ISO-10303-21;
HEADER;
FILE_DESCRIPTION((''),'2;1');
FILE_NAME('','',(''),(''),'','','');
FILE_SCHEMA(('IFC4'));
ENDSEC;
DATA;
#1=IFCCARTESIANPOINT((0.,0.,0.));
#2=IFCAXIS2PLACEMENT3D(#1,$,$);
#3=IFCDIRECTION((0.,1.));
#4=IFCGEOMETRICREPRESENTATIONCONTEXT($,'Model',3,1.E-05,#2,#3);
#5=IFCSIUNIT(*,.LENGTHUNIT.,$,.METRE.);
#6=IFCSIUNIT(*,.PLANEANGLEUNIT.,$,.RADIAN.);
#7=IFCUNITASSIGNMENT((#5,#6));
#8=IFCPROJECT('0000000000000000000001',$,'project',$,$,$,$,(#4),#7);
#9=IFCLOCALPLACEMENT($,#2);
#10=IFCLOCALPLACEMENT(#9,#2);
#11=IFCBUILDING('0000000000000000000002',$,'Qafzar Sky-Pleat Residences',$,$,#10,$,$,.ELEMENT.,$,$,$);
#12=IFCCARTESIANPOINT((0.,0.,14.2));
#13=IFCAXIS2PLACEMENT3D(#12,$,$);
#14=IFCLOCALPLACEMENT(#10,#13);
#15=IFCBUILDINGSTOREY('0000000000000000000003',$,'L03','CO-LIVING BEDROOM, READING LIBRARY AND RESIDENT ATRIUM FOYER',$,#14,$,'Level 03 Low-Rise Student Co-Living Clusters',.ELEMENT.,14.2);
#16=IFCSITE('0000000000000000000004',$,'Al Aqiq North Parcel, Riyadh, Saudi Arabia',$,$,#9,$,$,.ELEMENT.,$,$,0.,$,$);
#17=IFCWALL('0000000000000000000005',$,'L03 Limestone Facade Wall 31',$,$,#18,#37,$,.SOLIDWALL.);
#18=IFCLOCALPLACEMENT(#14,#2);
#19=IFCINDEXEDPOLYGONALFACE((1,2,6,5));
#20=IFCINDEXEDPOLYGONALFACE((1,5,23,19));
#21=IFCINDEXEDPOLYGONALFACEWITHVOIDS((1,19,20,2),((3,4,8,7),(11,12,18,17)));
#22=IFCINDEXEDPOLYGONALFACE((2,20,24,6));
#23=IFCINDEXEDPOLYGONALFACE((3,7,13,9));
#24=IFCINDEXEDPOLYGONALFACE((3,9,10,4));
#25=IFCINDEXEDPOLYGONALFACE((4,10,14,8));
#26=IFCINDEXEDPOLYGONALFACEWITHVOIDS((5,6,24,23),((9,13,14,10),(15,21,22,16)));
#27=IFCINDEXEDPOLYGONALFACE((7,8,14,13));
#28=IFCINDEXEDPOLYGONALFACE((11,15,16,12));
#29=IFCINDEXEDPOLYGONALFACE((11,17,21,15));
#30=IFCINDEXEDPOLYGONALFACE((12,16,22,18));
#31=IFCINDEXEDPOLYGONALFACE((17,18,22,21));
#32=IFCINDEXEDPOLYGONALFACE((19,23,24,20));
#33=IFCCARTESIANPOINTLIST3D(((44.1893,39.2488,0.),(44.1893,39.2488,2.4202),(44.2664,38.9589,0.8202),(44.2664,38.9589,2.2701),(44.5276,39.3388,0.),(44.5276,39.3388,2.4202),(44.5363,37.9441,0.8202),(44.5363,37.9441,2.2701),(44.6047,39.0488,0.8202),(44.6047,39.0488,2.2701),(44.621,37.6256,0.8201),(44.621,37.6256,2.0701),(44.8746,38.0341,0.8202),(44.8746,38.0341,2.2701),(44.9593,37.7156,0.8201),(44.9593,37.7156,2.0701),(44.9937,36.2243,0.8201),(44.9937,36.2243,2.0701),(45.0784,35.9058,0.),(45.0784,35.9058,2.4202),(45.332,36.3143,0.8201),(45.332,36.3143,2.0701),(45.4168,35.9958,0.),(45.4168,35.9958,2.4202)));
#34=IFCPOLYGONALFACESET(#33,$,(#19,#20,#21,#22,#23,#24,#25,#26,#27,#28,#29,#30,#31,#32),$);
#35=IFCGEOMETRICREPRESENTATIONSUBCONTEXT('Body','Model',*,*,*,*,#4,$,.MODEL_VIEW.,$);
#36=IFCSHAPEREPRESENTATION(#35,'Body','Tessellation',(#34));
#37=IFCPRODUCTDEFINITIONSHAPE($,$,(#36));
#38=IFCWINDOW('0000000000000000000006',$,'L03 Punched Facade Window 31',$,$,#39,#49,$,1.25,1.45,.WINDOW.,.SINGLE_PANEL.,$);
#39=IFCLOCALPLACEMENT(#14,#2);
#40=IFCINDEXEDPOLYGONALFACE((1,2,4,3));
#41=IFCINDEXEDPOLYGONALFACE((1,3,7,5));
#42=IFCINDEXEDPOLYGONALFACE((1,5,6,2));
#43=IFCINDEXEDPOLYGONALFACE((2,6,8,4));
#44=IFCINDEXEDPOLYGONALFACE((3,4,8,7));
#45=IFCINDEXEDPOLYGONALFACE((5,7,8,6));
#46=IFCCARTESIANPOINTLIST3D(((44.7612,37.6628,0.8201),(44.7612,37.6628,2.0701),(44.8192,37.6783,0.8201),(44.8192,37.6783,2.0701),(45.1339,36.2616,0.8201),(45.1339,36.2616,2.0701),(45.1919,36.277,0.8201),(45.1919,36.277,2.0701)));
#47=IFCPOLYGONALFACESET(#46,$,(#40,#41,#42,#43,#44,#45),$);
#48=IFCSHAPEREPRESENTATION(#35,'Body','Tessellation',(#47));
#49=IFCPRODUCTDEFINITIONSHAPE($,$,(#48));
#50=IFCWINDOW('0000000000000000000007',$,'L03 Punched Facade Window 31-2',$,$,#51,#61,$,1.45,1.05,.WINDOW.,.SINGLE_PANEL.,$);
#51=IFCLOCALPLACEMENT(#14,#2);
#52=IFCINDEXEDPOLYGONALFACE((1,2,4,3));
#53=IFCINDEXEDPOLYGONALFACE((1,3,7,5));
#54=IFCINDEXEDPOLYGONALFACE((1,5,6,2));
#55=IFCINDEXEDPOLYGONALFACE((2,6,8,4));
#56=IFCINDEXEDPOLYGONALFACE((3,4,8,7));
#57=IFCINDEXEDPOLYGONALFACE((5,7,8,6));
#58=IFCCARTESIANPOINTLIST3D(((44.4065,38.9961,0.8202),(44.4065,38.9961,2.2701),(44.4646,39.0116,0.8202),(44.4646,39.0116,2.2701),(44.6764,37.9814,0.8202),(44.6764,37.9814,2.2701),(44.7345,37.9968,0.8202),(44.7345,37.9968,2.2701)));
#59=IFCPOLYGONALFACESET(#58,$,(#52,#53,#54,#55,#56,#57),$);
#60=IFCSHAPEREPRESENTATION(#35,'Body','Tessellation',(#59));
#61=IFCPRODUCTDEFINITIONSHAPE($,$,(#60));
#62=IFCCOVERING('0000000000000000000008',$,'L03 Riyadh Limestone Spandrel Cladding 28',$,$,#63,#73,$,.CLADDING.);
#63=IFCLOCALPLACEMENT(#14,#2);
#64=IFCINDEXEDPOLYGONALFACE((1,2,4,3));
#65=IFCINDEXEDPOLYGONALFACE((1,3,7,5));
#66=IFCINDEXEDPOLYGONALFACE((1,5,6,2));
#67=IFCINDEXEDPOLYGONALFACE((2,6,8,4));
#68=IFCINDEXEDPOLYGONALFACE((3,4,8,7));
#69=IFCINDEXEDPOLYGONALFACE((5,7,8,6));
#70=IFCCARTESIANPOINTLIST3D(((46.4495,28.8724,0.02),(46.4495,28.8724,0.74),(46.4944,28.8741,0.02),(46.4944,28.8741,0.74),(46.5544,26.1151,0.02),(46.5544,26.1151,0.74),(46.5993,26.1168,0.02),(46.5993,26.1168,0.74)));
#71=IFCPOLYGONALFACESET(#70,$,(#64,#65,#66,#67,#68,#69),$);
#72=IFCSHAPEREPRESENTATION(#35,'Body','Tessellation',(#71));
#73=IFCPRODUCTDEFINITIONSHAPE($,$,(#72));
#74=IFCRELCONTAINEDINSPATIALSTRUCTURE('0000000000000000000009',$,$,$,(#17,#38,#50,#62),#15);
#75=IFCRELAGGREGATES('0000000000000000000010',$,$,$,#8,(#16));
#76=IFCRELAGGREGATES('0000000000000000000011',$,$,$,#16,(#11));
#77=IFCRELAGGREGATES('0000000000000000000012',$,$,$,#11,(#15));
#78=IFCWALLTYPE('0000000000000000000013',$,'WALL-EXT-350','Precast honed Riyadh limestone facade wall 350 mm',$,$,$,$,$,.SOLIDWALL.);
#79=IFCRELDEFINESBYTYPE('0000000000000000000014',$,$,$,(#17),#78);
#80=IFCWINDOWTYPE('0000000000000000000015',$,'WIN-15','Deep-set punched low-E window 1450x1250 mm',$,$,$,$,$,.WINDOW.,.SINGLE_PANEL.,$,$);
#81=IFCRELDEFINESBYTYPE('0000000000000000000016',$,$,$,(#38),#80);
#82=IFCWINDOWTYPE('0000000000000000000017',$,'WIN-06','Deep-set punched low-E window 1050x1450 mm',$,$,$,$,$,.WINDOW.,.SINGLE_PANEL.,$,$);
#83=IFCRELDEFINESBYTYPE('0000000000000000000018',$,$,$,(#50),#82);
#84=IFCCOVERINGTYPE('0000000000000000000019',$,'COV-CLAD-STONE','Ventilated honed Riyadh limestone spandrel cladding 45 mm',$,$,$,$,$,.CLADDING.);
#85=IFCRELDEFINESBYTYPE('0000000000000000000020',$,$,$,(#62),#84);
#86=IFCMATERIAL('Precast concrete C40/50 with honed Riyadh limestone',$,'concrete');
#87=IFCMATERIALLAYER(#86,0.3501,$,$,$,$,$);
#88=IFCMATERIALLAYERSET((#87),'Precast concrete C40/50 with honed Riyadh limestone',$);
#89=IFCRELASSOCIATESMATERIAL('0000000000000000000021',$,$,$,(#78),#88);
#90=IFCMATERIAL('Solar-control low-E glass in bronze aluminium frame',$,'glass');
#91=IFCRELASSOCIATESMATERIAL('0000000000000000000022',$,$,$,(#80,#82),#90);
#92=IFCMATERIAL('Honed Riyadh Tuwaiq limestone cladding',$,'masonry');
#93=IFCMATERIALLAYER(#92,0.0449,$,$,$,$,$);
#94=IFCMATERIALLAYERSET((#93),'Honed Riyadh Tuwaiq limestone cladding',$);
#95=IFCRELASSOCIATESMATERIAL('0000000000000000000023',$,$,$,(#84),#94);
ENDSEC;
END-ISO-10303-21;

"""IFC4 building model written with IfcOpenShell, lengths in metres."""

from ifc_helpers import new_model, si_unit, direction, frame, frame_2d, origin, origin_2d, place, context, subcontext, project, spatial, rectangle, extrude, source, transform, mapped, material, layer, layer_set, type_object, element, fill, save


model = new_model("IFC4")

# Units and contexts
model_context = context("Model", 3, precision=1e-05, world=origin(), true_north=direction((0.0, 1.0)))
body_context = subcontext(model_context, "Body", "Model", "MODEL_VIEW")
ifc_project = project(units=[si_unit("LENGTHUNIT", "METRE"), si_unit("PLANEANGLEUNIT", "RADIAN")], contexts=[model_context])

# Site, building, storey
site_placement = place(None, origin())
site = spatial("IfcSite", under=ifc_project, at=site_placement, Name="Al Aqiq North Parcel, Riyadh, Saudi Arabia", CompositionType="ELEMENT", RefElevation=0.0)
building_placement = place(site_placement, origin())
building = spatial("IfcBuilding", under=site, at=building_placement, Name="Qafzar Sky-Pleat Residences", CompositionType="ELEMENT")
storey_placement = place(building_placement, frame((0.0, 0.0, 14.2)))
storey = spatial("IfcBuildingStorey", under=building, at=storey_placement, Name="L03", Description="CO-LIVING BEDROOM, READING LIBRARY AND RESIDENT ATRIUM FOYER", LongName="Level 03 Low-Rise Student Co-Living Clusters", CompositionType="ELEMENT", Elevation=14.2)

# Shared definitions
ifc_material_1 = material(Name="Precast concrete C40/50 with honed Riyadh limestone", Category="concrete")
ifc_layer_1 = layer(ifc_material_1, 0.3501)
ifc_layer_set_1 = layer_set([ifc_layer_1], Name="Precast concrete C40/50 with honed Riyadh limestone")
wall_type_1 = type_object("IfcWallType", Name="WALL-EXT-350", Description="Precast honed Riyadh limestone facade wall 350 mm", PredefinedType="SOLIDWALL", material=ifc_layer_set_1)
ifc_material_2 = material(Name="Solar-control low-E glass in bronze aluminium frame", Category="glass")

# Wall, openings, windows
window_type_1 = type_object("IfcWindowType", Name="WIN-15", Description="Deep-set punched low-E window 1450x1250 mm", PartitioningType="SINGLE_PANEL", PredefinedType="WINDOW", material=ifc_material_2)
shared_shape_1 = source(origin(), body_context, "Body", "SweptSolid", [
    extrude(rectangle(XDim=1.45, YDim=1.25, at=frame_2d((0.7251, 0.625))), frame((0.0, 0.03, 0.0), z_axis=(0.0, -1.0, 0.0), x_axis=(1.0, 0.0, 0.0)), (0.0, 0.0, 1.0), 0.0601),
])
wall_1_placement = place(storey_placement, frame((45.2476, 35.9509, 0.0), z_axis=(0.0, 0.0, 1.0), x_axis=(-0.257039, 0.966401, 0.0)))
wall_1 = element("IfcWall", 1, at=wall_1_placement, inside=storey, type_object=wall_type_1, Name="L03 Limestone Facade Wall 31", PredefinedType="SOLIDWALL", context=body_context, shape_type="SweptSolid", body=[
    extrude(rectangle(XDim=3.4592, YDim=0.3501, at=frame_2d((1.7295, 0.0))), origin(), (0.0, 0.0, 1.0), 2.4202),
])
opening_1_placement = place(wall_1_placement, frame((0.3293, 0.0, 0.8201)))
opening_1 = element("IfcOpeningElement", 2, at=opening_1_placement, cuts=wall_1, PredefinedType="OPENING", context=body_context, shape_type="SweptSolid", body=[
    extrude(rectangle(XDim=1.45, YDim=1.25, at=frame_2d((0.7251, 0.625))), frame((0.0, 0.1851, 0.0), z_axis=(0.0, -1.0, 0.0), x_axis=(1.0, 0.0, 0.0)), (0.0, 0.0, 1.0), 0.3701),
])
opening_2_placement = place(wall_1_placement, frame((2.1091, 0.0, 0.8201)))
opening_2 = element("IfcOpeningElement", 3, at=opening_2_placement, cuts=wall_1, PredefinedType="OPENING", context=body_context, shape_type="SweptSolid", body=[
    extrude(rectangle(XDim=1.05, YDim=1.45, at=frame_2d((0.5249, 0.7251))), frame((0.0, 0.1851, 0.0), z_axis=(0.0, -1.0, 0.0), x_axis=(1.0, 0.0, 0.0)), (0.0, 0.0, 1.0), 0.3701),
])
window_1_placement = place(opening_1_placement, origin())
window_1 = element("IfcWindow", 4, at=window_1_placement, inside=storey, type_object=window_type_1, Name="L03 Punched Facade Window 31", OverallHeight=1.25, OverallWidth=1.45, PartitioningType="SINGLE_PANEL", PredefinedType="WINDOW", context=body_context, shape_type="MappedRepresentation", body=[
    mapped(shared_shape_1, transform((0.0, 0.0, 0.0), x_axis=(1.0, 0.0, 0.0), y_axis=(0.0, 1.0, 0.0), z_axis=(0.0, 0.0, 1.0), scale=1.0)),
])
fill(opening_1, window_1)
window_type_2 = type_object("IfcWindowType", Name="WIN-06", Description="Deep-set punched low-E window 1050x1450 mm", PartitioningType="SINGLE_PANEL", PredefinedType="WINDOW", material=ifc_material_2)
shared_shape_2 = source(origin(), body_context, "Body", "SweptSolid", [
    extrude(rectangle(XDim=1.05, YDim=1.45, at=frame_2d((0.5249, 0.7251))), frame((0.0, 0.03, 0.0), z_axis=(0.0, -1.0, 0.0), x_axis=(1.0, 0.0, 0.0)), (0.0, 0.0, 1.0), 0.0601),
])
window_2_placement = place(opening_2_placement, origin())
window_2 = element("IfcWindow", 5, at=window_2_placement, inside=storey, type_object=window_type_2, Name="L03 Punched Facade Window 31-2", OverallHeight=1.45, OverallWidth=1.05, PartitioningType="SINGLE_PANEL", PredefinedType="WINDOW", context=body_context, shape_type="MappedRepresentation", body=[
    mapped(shared_shape_2, transform((0.0, 0.0, 0.0), x_axis=(1.0, 0.0, 0.0), y_axis=(0.0, 1.0, 0.0), z_axis=(0.0, 0.0, 1.0), scale=1.0)),
])
fill(opening_2, window_2)

# Covering
ifc_material_3 = material(Name="Honed Riyadh Tuwaiq limestone cladding", Category="masonry")
ifc_layer_2 = layer(ifc_material_3, 0.0449)
ifc_layer_set_2 = layer_set([ifc_layer_2], Name="Honed Riyadh Tuwaiq limestone cladding")
covering_type = type_object("IfcCoveringType", Name="COV-CLAD-STONE", Description="Ventilated honed Riyadh limestone spandrel cladding 45 mm", PredefinedType="CLADDING", material=ifc_layer_set_2)
shared_shape_3 = source(origin(), body_context, "Body", "SweptSolid", [
    extrude(rectangle(XDim=2.7593, YDim=0.0449, at=origin_2d()), origin(), (0.0, 0.0, 1.0), 0.72),
])
covering_placement = place(storey_placement, frame((46.5244, 27.4946, 0.02), z_axis=(0.0, 0.0, 1.0), x_axis=(-0.037998, 0.999278, 0.0)))
element("IfcCovering", 6, at=covering_placement, inside=storey, type_object=covering_type, Name="L03 Riyadh Limestone Spandrel Cladding 28", PredefinedType="CLADDING", context=body_context, shape_type="MappedRepresentation", body=[
    mapped(shared_shape_3, transform((0.0, 0.0, 0.0), x_axis=(1.0, 0.0, 0.0), y_axis=(0.0, 1.0, 0.0), z_axis=(0.0, 0.0, 1.0), scale=1.0)),
])

save(model, "model.ifc")
